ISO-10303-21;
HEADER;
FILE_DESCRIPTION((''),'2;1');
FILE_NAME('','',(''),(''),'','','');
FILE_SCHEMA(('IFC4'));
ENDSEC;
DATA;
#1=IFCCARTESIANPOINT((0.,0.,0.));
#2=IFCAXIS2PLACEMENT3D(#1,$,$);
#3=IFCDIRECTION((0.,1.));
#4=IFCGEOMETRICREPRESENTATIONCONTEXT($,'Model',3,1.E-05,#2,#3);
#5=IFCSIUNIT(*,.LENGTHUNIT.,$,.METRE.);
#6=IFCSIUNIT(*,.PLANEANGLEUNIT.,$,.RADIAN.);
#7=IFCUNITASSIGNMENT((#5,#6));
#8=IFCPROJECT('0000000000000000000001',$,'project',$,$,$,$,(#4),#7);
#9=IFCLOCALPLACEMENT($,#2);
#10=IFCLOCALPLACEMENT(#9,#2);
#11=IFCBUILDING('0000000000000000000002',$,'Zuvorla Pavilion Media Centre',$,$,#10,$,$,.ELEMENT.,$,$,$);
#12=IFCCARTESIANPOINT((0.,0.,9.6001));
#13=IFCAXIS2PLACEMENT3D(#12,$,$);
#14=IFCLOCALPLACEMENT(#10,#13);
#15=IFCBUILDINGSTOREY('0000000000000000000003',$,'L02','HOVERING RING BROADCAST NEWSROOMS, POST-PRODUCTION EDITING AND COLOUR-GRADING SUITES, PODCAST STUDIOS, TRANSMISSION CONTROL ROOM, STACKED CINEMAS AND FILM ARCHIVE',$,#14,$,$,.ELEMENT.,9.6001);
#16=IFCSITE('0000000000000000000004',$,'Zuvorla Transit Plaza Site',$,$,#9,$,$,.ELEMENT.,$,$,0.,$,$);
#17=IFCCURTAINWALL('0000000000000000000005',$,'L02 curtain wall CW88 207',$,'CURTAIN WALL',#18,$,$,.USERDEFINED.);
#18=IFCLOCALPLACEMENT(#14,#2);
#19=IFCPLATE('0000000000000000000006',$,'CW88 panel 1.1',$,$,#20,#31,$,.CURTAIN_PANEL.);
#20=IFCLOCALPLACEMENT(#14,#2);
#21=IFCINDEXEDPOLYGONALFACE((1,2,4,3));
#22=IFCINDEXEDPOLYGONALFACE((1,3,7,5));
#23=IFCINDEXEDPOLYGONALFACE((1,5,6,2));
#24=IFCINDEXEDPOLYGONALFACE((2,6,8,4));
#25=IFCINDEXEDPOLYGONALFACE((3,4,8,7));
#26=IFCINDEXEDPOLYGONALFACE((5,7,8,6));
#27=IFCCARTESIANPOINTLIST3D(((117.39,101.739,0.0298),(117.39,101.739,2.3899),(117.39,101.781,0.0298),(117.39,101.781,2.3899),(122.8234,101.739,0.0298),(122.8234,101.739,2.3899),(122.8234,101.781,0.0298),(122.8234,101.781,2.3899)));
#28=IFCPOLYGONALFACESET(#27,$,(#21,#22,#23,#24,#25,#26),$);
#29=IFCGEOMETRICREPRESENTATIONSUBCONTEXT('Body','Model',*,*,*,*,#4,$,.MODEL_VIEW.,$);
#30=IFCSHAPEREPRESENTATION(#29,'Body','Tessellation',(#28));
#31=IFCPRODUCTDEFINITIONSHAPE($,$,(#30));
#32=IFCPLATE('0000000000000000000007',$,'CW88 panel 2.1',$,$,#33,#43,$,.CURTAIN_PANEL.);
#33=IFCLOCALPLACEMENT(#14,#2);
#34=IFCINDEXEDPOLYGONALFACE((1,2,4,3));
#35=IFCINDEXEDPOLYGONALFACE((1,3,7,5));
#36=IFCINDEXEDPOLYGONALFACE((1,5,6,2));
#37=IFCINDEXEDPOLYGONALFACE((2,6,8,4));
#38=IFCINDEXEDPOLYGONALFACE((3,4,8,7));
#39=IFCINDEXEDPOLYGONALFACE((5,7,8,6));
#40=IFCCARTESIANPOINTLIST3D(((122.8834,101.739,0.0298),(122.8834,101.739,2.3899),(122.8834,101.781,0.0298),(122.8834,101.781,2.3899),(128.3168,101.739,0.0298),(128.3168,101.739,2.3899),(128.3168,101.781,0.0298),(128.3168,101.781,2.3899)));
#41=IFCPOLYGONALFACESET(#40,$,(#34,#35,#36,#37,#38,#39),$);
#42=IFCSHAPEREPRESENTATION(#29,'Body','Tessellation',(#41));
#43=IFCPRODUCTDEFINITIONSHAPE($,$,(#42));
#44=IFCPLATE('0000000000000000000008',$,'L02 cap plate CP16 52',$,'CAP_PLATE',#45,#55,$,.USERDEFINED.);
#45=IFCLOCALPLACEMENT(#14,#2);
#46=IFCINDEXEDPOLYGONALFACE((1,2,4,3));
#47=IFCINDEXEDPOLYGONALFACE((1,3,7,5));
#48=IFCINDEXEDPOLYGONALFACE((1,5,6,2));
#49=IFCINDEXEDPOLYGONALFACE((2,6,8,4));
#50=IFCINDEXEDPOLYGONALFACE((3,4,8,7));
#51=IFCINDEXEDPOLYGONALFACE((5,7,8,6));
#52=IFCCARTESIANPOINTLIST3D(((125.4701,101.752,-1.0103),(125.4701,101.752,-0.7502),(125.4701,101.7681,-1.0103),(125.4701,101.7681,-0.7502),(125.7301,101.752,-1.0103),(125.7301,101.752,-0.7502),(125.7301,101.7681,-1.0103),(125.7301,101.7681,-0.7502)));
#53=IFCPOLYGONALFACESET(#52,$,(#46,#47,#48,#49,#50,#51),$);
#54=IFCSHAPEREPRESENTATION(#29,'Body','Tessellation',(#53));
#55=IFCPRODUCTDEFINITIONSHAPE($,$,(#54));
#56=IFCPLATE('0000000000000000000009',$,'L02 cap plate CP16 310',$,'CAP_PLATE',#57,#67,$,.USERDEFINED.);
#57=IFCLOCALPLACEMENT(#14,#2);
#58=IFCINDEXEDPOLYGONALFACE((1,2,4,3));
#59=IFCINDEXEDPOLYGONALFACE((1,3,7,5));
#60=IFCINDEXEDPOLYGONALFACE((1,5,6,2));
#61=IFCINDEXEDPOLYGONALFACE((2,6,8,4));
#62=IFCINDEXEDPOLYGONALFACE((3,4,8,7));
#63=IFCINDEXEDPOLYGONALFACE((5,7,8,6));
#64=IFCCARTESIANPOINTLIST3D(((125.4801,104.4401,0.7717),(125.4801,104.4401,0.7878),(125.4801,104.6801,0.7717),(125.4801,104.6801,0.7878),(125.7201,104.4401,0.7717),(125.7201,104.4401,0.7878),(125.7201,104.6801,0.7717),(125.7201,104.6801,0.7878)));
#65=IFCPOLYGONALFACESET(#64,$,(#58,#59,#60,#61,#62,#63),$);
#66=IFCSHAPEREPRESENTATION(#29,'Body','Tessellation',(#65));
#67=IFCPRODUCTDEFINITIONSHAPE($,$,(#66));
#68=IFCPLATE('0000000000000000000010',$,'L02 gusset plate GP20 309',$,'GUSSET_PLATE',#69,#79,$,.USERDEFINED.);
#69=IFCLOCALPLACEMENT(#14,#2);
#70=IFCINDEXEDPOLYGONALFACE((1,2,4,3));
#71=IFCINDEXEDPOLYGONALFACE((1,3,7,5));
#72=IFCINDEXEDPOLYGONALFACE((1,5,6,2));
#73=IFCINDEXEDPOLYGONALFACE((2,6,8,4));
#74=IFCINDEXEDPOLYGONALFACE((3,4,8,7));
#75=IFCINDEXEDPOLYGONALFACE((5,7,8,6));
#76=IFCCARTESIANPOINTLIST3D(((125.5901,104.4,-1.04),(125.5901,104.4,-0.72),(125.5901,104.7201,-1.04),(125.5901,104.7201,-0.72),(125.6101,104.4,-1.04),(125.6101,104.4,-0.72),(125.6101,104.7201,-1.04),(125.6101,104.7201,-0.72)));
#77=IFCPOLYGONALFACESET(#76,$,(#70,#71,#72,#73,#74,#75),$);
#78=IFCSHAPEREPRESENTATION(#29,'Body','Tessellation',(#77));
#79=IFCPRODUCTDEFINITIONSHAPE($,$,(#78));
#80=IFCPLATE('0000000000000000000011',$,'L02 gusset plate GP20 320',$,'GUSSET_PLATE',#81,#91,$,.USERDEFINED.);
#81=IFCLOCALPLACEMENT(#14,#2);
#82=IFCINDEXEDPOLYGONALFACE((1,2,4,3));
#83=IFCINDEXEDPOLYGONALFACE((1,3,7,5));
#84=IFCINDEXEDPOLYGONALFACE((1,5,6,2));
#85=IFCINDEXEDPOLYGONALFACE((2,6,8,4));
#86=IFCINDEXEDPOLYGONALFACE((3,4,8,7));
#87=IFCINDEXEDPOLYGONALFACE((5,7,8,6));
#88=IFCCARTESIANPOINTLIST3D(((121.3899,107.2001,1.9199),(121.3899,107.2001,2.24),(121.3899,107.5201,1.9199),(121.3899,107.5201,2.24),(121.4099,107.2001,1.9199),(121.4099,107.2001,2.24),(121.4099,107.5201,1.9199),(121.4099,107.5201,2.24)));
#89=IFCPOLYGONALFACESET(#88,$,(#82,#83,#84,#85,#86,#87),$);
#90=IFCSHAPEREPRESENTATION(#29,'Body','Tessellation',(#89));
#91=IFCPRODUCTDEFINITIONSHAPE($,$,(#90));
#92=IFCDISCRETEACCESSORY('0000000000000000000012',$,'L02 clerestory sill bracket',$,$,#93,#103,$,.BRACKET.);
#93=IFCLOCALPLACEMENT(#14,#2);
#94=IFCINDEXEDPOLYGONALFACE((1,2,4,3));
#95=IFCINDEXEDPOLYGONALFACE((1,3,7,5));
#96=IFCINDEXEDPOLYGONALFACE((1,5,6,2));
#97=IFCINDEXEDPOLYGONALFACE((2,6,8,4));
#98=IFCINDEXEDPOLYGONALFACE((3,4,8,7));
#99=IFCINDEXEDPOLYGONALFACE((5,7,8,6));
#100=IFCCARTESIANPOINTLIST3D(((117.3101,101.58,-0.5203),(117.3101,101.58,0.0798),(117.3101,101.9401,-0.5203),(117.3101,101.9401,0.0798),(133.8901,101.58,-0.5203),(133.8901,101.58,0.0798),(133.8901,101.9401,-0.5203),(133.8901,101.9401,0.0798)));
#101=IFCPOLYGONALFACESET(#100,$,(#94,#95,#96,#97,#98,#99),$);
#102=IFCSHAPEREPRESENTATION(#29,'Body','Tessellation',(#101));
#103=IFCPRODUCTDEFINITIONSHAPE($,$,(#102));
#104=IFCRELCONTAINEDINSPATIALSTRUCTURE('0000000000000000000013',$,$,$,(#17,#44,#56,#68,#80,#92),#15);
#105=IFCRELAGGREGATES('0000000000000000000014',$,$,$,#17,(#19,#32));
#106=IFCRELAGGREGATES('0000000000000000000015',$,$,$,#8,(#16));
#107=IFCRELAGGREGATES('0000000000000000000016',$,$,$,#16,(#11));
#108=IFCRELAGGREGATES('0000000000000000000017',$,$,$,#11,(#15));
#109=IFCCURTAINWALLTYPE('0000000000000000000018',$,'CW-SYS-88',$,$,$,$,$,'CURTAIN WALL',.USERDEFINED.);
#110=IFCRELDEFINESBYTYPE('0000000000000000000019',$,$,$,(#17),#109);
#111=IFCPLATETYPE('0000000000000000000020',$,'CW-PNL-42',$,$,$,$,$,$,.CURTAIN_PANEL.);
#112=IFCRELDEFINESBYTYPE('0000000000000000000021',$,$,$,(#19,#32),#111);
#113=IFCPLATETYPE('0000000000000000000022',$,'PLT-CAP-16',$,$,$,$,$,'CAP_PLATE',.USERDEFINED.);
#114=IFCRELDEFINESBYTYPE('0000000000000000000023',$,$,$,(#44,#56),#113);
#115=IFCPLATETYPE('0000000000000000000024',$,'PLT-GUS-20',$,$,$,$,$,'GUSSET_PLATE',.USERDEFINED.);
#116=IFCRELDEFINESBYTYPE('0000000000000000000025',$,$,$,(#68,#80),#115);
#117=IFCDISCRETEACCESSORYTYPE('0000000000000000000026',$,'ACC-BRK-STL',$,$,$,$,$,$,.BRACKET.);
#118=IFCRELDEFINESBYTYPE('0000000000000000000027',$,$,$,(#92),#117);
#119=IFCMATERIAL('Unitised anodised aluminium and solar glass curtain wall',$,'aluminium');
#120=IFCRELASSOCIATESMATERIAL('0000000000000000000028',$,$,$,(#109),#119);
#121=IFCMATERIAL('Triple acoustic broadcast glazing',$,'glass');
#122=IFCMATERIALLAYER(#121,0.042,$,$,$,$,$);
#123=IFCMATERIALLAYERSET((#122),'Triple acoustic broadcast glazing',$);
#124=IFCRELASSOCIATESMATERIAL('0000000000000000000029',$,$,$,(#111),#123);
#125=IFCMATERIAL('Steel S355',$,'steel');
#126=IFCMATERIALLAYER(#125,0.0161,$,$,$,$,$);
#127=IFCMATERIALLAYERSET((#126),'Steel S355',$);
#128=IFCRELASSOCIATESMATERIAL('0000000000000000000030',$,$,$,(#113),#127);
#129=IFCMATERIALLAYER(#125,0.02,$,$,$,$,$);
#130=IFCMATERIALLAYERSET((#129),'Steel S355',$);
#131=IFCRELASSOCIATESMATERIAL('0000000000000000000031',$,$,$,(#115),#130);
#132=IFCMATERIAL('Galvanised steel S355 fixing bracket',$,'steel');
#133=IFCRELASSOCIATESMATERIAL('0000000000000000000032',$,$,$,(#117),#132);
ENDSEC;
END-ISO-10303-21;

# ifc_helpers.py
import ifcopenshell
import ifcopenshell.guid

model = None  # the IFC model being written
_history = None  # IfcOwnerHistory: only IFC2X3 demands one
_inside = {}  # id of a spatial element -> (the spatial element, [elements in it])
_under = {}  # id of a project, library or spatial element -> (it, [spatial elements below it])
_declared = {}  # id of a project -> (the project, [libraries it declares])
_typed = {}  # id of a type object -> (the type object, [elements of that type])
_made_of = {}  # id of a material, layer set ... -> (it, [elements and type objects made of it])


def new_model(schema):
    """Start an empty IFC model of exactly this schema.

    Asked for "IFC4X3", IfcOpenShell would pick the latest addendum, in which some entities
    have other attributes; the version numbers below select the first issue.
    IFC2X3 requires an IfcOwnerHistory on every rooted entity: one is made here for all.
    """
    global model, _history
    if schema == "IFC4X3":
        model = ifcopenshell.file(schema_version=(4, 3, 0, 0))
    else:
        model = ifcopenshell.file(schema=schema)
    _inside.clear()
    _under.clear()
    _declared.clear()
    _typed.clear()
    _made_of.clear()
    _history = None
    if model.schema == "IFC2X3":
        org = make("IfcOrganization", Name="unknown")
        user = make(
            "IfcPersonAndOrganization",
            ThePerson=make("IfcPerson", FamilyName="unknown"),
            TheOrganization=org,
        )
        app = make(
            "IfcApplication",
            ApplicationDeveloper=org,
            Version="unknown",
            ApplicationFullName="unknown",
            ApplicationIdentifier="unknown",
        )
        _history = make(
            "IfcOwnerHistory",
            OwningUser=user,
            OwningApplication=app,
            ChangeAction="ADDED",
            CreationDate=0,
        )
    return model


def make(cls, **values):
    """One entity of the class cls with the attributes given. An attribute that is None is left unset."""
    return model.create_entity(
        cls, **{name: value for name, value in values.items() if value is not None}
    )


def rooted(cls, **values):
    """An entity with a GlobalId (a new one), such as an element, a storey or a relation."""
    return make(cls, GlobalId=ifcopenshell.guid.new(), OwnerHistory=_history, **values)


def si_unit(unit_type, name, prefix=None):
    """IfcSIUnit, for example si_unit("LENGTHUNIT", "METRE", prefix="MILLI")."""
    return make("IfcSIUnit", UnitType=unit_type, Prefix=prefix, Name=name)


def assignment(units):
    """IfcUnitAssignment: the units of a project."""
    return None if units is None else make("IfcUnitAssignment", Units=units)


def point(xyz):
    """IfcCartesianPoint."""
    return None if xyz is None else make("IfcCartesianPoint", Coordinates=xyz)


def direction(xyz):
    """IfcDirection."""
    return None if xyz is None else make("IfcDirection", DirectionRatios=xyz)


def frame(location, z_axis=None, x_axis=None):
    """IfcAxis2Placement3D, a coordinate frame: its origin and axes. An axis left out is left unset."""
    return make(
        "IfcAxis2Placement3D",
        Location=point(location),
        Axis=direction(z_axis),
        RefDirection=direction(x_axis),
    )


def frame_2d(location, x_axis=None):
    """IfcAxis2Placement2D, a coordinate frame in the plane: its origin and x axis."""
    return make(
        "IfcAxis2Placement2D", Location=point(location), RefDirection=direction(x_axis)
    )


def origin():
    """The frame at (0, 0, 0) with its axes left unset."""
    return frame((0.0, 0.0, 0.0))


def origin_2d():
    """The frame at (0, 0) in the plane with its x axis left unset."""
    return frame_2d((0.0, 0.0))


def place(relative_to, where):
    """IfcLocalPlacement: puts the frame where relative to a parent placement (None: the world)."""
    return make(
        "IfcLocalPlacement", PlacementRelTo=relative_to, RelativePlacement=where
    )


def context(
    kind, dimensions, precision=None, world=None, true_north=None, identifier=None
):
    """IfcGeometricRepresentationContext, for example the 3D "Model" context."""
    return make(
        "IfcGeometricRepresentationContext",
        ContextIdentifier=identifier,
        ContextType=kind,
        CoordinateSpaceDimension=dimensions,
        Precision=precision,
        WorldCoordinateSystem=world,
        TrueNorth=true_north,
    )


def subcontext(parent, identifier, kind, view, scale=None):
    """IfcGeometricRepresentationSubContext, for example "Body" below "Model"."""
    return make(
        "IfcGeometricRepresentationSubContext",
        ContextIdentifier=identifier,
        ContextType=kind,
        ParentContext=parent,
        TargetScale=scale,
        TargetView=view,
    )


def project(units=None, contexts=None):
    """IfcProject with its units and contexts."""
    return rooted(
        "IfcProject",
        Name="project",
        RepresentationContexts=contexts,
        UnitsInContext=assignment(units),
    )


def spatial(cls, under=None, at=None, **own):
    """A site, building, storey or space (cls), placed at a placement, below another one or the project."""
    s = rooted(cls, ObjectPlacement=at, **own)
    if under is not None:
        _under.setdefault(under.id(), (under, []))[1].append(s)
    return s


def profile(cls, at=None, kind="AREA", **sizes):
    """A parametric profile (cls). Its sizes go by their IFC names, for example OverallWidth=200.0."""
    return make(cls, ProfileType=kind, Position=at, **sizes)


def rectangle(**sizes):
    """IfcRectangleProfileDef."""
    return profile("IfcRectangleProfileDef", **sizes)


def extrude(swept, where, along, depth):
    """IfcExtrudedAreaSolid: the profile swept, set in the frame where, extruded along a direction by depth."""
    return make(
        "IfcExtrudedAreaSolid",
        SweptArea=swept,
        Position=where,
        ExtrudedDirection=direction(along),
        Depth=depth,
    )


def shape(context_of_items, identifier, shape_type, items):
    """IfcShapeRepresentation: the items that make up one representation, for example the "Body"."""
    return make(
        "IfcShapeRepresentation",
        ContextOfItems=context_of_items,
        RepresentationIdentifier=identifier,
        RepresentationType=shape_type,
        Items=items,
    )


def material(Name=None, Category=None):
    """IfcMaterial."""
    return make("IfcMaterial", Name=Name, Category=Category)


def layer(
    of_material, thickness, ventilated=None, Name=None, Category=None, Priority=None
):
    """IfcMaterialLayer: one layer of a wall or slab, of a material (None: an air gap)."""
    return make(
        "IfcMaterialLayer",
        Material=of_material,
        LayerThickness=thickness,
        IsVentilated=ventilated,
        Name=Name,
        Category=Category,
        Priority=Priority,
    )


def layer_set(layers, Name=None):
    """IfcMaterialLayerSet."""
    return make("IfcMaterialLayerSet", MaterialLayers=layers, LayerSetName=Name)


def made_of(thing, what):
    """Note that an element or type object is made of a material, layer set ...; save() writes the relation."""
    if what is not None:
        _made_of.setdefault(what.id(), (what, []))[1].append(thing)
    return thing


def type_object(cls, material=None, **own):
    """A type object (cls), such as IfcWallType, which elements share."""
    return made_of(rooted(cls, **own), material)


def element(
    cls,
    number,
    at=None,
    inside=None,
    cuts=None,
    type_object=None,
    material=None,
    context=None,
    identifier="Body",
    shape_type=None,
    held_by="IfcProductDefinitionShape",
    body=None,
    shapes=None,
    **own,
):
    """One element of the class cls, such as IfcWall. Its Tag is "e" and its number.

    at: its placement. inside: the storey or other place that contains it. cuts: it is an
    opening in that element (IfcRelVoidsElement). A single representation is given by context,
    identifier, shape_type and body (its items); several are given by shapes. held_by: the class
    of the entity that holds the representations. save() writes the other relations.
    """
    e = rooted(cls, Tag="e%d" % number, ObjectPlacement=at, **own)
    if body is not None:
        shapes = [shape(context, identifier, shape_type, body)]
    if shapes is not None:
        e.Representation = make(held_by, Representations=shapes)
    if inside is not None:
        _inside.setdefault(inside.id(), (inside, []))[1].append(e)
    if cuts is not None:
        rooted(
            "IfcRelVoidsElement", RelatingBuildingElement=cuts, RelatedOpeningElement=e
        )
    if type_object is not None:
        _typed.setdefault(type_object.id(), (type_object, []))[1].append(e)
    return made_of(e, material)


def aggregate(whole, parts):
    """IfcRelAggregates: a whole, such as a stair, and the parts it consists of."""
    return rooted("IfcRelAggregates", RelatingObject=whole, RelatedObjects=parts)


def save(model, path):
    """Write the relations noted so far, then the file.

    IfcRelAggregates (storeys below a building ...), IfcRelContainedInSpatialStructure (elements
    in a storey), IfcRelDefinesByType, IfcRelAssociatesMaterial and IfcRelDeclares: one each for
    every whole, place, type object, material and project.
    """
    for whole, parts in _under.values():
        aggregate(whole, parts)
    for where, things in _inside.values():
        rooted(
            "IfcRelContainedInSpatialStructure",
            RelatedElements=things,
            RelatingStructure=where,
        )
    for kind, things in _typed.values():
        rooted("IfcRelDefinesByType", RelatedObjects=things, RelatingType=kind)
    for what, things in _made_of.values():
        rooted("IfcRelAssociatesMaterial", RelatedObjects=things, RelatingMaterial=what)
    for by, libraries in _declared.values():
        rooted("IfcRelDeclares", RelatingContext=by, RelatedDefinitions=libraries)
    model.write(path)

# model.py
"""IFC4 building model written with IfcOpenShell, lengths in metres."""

from ifc_helpers import new_model, si_unit, direction, frame, origin, origin_2d, place, context, subcontext, project, spatial, rectangle, extrude, material, layer, layer_set, type_object, element, aggregate, save


model = new_model("IFC4")

# Units and contexts
model_context = context("Model", 3, precision=1e-05, world=origin(), true_north=direction((0.0, 1.0)))
body_context = subcontext(model_context, "Body", "Model", "MODEL_VIEW")
ifc_project = project(units=[si_unit("LENGTHUNIT", "METRE"), si_unit("PLANEANGLEUNIT", "RADIAN")], contexts=[model_context])

# Site, building, storey
site_placement = place(None, origin())
site = spatial("IfcSite", under=ifc_project, at=site_placement, Name="Zuvorla Transit Plaza Site", CompositionType="ELEMENT", RefElevation=0.0)
building_placement = place(site_placement, origin())
building = spatial("IfcBuilding", under=site, at=building_placement, Name="Zuvorla Pavilion Media Centre", CompositionType="ELEMENT")
storey_placement = place(building_placement, frame((0.0, 0.0, 9.6001)))
storey = spatial("IfcBuildingStorey", under=building, at=storey_placement, Name="L02", Description="HOVERING RING BROADCAST NEWSROOMS, POST-PRODUCTION EDITING AND COLOUR-GRADING SUITES, PODCAST STUDIOS, TRANSMISSION CONTROL ROOM, STACKED CINEMAS AND FILM ARCHIVE", CompositionType="ELEMENT", Elevation=9.6001)

# Shared definitions
ifc_material_1 = material(Name="Steel S355", Category="steel")

# Curtain wall
ifc_material_2 = material(Name="Unitised anodised aluminium and solar glass curtain wall", Category="aluminium")
curtain_wall_type = type_object("IfcCurtainWallType", Name="CW-SYS-88", ElementType="CURTAIN WALL", PredefinedType="USERDEFINED", material=ifc_material_2)
curtain_wall_placement = place(storey_placement, origin())
curtain_wall = element("IfcCurtainWall", 1, at=curtain_wall_placement, inside=storey, type_object=curtain_wall_type, Name="L02 curtain wall CW88 207", ObjectType="CURTAIN WALL", PredefinedType="USERDEFINED")

# Plates
ifc_material_3 = material(Name="Triple acoustic broadcast glazing", Category="glass")
ifc_layer_1 = layer(ifc_material_3, 0.042)
ifc_layer_set_1 = layer_set([ifc_layer_1], Name="Triple acoustic broadcast glazing")
plate_type_1 = type_object("IfcPlateType", Name="CW-PNL-42", PredefinedType="CURTAIN_PANEL", material=ifc_layer_set_1)
plate_1_placement = place(storey_placement, frame((120.1067, 101.76, 0.0298), z_axis=(0.0, 0.0, 1.0), x_axis=(1.0, 0.0, 0.0)))
plate_1 = element("IfcPlate", 2, at=plate_1_placement, type_object=plate_type_1, Name="CW88 panel 1.1", PredefinedType="CURTAIN_PANEL", context=body_context, shape_type="SweptSolid", body=[
    extrude(rectangle(XDim=5.4333, YDim=0.042, at=origin_2d()), origin(), (0.0, 0.0, 1.0), 2.3601),
])
plate_2_placement = place(storey_placement, frame((125.6001, 101.76, 0.0298), z_axis=(0.0, 0.0, 1.0), x_axis=(1.0, 0.0, 0.0)))
plate_2 = element("IfcPlate", 3, at=plate_2_placement, type_object=plate_type_1, Name="CW88 panel 2.1", PredefinedType="CURTAIN_PANEL", context=body_context, shape_type="SweptSolid", body=[
    extrude(rectangle(XDim=5.4333, YDim=0.042, at=origin_2d()), origin(), (0.0, 0.0, 1.0), 2.3601),
])
aggregate(curtain_wall, [plate_1, plate_2])

# Plates
ifc_layer_2 = layer(ifc_material_1, 0.0161)
ifc_layer_set_2 = layer_set([ifc_layer_2], Name="Steel S355")
plate_type_2 = type_object("IfcPlateType", Name="PLT-CAP-16", ElementType="CAP_PLATE", PredefinedType="USERDEFINED", material=ifc_layer_set_2)
plate_3_placement = place(storey_placement, frame((125.6001, 101.76, -1.0103), z_axis=(0.0, 0.0, 1.0), x_axis=(1.0, 0.0, 0.0)))
element("IfcPlate", 4, at=plate_3_placement, inside=storey, type_object=plate_type_2, Name="L02 cap plate CP16 52", ObjectType="CAP_PLATE", PredefinedType="USERDEFINED", context=body_context, shape_type="SweptSolid", body=[
    extrude(rectangle(XDim=0.26, YDim=0.0161, at=origin_2d()), origin(), (0.0, 0.0, 1.0), 0.26),
])
plate_4_placement = place(storey_placement, frame((125.6001, 104.5601, 0.7717), z_axis=(0.0, 0.0, 1.0), x_axis=(1.0, 0.0, 0.0)))
element("IfcPlate", 5, at=plate_4_placement, inside=storey, type_object=plate_type_2, Name="L02 cap plate CP16 310", ObjectType="CAP_PLATE", PredefinedType="USERDEFINED", context=body_context, shape_type="SweptSolid", body=[
    extrude(rectangle(XDim=0.24, YDim=0.24, at=origin_2d()), origin(), (0.0, 0.0, 1.0), 0.0161),
])
ifc_layer_3 = layer(ifc_material_1, 0.02)
ifc_layer_set_3 = layer_set([ifc_layer_3], Name="Steel S355")
plate_type_3 = type_object("IfcPlateType", Name="PLT-GUS-20", ElementType="GUSSET_PLATE", PredefinedType="USERDEFINED", material=ifc_layer_set_3)
for number, where, z_axis, x_axis, name in (
    (6, (125.6001, 104.5601, -1.04), (0.0, 0.0, 1.0), (1.0, 0.0, 0.0), "L02 gusset plate GP20 309"),
    (7, (121.3999, 107.3601, 1.9199), (0.0, 0.0, 1.0), (1.0, 0.0, 0.0), "L02 gusset plate GP20 320"),
):
    element("IfcPlate", number, at=place(storey_placement, frame(where, z_axis=z_axis, x_axis=x_axis)), inside=storey, type_object=plate_type_3, Name=name, ObjectType="GUSSET_PLATE", PredefinedType="USERDEFINED", context=body_context, shape_type="SweptSolid", body=[
        extrude(rectangle(XDim=0.02, YDim=0.3201, at=origin_2d()), origin(), (0.0, 0.0, 1.0), 0.3201),
    ])

# Discrete accessory
ifc_material_4 = material(Name="Galvanised steel S355 fixing bracket", Category="steel")
discrete_accessory_type = type_object("IfcDiscreteAccessoryType", Name="ACC-BRK-STL", PredefinedType="BRACKET", material=ifc_material_4)
discrete_accessory_placement = place(storey_placement, frame((125.6001, 101.76, -0.5203), z_axis=(0.0, 0.0, 1.0), x_axis=(1.0, 0.0, 0.0)))
element("IfcDiscreteAccessory", 8, at=discrete_accessory_placement, inside=storey, type_object=discrete_accessory_type, Name="L02 clerestory sill bracket", PredefinedType="BRACKET", context=body_context, shape_type="SweptSolid", body=[
    extrude(rectangle(XDim=16.5801, YDim=0.3601, at=origin_2d()), origin(), (0.0, 0.0, 1.0), 0.6001),
])

save(model, "model.ifc")
